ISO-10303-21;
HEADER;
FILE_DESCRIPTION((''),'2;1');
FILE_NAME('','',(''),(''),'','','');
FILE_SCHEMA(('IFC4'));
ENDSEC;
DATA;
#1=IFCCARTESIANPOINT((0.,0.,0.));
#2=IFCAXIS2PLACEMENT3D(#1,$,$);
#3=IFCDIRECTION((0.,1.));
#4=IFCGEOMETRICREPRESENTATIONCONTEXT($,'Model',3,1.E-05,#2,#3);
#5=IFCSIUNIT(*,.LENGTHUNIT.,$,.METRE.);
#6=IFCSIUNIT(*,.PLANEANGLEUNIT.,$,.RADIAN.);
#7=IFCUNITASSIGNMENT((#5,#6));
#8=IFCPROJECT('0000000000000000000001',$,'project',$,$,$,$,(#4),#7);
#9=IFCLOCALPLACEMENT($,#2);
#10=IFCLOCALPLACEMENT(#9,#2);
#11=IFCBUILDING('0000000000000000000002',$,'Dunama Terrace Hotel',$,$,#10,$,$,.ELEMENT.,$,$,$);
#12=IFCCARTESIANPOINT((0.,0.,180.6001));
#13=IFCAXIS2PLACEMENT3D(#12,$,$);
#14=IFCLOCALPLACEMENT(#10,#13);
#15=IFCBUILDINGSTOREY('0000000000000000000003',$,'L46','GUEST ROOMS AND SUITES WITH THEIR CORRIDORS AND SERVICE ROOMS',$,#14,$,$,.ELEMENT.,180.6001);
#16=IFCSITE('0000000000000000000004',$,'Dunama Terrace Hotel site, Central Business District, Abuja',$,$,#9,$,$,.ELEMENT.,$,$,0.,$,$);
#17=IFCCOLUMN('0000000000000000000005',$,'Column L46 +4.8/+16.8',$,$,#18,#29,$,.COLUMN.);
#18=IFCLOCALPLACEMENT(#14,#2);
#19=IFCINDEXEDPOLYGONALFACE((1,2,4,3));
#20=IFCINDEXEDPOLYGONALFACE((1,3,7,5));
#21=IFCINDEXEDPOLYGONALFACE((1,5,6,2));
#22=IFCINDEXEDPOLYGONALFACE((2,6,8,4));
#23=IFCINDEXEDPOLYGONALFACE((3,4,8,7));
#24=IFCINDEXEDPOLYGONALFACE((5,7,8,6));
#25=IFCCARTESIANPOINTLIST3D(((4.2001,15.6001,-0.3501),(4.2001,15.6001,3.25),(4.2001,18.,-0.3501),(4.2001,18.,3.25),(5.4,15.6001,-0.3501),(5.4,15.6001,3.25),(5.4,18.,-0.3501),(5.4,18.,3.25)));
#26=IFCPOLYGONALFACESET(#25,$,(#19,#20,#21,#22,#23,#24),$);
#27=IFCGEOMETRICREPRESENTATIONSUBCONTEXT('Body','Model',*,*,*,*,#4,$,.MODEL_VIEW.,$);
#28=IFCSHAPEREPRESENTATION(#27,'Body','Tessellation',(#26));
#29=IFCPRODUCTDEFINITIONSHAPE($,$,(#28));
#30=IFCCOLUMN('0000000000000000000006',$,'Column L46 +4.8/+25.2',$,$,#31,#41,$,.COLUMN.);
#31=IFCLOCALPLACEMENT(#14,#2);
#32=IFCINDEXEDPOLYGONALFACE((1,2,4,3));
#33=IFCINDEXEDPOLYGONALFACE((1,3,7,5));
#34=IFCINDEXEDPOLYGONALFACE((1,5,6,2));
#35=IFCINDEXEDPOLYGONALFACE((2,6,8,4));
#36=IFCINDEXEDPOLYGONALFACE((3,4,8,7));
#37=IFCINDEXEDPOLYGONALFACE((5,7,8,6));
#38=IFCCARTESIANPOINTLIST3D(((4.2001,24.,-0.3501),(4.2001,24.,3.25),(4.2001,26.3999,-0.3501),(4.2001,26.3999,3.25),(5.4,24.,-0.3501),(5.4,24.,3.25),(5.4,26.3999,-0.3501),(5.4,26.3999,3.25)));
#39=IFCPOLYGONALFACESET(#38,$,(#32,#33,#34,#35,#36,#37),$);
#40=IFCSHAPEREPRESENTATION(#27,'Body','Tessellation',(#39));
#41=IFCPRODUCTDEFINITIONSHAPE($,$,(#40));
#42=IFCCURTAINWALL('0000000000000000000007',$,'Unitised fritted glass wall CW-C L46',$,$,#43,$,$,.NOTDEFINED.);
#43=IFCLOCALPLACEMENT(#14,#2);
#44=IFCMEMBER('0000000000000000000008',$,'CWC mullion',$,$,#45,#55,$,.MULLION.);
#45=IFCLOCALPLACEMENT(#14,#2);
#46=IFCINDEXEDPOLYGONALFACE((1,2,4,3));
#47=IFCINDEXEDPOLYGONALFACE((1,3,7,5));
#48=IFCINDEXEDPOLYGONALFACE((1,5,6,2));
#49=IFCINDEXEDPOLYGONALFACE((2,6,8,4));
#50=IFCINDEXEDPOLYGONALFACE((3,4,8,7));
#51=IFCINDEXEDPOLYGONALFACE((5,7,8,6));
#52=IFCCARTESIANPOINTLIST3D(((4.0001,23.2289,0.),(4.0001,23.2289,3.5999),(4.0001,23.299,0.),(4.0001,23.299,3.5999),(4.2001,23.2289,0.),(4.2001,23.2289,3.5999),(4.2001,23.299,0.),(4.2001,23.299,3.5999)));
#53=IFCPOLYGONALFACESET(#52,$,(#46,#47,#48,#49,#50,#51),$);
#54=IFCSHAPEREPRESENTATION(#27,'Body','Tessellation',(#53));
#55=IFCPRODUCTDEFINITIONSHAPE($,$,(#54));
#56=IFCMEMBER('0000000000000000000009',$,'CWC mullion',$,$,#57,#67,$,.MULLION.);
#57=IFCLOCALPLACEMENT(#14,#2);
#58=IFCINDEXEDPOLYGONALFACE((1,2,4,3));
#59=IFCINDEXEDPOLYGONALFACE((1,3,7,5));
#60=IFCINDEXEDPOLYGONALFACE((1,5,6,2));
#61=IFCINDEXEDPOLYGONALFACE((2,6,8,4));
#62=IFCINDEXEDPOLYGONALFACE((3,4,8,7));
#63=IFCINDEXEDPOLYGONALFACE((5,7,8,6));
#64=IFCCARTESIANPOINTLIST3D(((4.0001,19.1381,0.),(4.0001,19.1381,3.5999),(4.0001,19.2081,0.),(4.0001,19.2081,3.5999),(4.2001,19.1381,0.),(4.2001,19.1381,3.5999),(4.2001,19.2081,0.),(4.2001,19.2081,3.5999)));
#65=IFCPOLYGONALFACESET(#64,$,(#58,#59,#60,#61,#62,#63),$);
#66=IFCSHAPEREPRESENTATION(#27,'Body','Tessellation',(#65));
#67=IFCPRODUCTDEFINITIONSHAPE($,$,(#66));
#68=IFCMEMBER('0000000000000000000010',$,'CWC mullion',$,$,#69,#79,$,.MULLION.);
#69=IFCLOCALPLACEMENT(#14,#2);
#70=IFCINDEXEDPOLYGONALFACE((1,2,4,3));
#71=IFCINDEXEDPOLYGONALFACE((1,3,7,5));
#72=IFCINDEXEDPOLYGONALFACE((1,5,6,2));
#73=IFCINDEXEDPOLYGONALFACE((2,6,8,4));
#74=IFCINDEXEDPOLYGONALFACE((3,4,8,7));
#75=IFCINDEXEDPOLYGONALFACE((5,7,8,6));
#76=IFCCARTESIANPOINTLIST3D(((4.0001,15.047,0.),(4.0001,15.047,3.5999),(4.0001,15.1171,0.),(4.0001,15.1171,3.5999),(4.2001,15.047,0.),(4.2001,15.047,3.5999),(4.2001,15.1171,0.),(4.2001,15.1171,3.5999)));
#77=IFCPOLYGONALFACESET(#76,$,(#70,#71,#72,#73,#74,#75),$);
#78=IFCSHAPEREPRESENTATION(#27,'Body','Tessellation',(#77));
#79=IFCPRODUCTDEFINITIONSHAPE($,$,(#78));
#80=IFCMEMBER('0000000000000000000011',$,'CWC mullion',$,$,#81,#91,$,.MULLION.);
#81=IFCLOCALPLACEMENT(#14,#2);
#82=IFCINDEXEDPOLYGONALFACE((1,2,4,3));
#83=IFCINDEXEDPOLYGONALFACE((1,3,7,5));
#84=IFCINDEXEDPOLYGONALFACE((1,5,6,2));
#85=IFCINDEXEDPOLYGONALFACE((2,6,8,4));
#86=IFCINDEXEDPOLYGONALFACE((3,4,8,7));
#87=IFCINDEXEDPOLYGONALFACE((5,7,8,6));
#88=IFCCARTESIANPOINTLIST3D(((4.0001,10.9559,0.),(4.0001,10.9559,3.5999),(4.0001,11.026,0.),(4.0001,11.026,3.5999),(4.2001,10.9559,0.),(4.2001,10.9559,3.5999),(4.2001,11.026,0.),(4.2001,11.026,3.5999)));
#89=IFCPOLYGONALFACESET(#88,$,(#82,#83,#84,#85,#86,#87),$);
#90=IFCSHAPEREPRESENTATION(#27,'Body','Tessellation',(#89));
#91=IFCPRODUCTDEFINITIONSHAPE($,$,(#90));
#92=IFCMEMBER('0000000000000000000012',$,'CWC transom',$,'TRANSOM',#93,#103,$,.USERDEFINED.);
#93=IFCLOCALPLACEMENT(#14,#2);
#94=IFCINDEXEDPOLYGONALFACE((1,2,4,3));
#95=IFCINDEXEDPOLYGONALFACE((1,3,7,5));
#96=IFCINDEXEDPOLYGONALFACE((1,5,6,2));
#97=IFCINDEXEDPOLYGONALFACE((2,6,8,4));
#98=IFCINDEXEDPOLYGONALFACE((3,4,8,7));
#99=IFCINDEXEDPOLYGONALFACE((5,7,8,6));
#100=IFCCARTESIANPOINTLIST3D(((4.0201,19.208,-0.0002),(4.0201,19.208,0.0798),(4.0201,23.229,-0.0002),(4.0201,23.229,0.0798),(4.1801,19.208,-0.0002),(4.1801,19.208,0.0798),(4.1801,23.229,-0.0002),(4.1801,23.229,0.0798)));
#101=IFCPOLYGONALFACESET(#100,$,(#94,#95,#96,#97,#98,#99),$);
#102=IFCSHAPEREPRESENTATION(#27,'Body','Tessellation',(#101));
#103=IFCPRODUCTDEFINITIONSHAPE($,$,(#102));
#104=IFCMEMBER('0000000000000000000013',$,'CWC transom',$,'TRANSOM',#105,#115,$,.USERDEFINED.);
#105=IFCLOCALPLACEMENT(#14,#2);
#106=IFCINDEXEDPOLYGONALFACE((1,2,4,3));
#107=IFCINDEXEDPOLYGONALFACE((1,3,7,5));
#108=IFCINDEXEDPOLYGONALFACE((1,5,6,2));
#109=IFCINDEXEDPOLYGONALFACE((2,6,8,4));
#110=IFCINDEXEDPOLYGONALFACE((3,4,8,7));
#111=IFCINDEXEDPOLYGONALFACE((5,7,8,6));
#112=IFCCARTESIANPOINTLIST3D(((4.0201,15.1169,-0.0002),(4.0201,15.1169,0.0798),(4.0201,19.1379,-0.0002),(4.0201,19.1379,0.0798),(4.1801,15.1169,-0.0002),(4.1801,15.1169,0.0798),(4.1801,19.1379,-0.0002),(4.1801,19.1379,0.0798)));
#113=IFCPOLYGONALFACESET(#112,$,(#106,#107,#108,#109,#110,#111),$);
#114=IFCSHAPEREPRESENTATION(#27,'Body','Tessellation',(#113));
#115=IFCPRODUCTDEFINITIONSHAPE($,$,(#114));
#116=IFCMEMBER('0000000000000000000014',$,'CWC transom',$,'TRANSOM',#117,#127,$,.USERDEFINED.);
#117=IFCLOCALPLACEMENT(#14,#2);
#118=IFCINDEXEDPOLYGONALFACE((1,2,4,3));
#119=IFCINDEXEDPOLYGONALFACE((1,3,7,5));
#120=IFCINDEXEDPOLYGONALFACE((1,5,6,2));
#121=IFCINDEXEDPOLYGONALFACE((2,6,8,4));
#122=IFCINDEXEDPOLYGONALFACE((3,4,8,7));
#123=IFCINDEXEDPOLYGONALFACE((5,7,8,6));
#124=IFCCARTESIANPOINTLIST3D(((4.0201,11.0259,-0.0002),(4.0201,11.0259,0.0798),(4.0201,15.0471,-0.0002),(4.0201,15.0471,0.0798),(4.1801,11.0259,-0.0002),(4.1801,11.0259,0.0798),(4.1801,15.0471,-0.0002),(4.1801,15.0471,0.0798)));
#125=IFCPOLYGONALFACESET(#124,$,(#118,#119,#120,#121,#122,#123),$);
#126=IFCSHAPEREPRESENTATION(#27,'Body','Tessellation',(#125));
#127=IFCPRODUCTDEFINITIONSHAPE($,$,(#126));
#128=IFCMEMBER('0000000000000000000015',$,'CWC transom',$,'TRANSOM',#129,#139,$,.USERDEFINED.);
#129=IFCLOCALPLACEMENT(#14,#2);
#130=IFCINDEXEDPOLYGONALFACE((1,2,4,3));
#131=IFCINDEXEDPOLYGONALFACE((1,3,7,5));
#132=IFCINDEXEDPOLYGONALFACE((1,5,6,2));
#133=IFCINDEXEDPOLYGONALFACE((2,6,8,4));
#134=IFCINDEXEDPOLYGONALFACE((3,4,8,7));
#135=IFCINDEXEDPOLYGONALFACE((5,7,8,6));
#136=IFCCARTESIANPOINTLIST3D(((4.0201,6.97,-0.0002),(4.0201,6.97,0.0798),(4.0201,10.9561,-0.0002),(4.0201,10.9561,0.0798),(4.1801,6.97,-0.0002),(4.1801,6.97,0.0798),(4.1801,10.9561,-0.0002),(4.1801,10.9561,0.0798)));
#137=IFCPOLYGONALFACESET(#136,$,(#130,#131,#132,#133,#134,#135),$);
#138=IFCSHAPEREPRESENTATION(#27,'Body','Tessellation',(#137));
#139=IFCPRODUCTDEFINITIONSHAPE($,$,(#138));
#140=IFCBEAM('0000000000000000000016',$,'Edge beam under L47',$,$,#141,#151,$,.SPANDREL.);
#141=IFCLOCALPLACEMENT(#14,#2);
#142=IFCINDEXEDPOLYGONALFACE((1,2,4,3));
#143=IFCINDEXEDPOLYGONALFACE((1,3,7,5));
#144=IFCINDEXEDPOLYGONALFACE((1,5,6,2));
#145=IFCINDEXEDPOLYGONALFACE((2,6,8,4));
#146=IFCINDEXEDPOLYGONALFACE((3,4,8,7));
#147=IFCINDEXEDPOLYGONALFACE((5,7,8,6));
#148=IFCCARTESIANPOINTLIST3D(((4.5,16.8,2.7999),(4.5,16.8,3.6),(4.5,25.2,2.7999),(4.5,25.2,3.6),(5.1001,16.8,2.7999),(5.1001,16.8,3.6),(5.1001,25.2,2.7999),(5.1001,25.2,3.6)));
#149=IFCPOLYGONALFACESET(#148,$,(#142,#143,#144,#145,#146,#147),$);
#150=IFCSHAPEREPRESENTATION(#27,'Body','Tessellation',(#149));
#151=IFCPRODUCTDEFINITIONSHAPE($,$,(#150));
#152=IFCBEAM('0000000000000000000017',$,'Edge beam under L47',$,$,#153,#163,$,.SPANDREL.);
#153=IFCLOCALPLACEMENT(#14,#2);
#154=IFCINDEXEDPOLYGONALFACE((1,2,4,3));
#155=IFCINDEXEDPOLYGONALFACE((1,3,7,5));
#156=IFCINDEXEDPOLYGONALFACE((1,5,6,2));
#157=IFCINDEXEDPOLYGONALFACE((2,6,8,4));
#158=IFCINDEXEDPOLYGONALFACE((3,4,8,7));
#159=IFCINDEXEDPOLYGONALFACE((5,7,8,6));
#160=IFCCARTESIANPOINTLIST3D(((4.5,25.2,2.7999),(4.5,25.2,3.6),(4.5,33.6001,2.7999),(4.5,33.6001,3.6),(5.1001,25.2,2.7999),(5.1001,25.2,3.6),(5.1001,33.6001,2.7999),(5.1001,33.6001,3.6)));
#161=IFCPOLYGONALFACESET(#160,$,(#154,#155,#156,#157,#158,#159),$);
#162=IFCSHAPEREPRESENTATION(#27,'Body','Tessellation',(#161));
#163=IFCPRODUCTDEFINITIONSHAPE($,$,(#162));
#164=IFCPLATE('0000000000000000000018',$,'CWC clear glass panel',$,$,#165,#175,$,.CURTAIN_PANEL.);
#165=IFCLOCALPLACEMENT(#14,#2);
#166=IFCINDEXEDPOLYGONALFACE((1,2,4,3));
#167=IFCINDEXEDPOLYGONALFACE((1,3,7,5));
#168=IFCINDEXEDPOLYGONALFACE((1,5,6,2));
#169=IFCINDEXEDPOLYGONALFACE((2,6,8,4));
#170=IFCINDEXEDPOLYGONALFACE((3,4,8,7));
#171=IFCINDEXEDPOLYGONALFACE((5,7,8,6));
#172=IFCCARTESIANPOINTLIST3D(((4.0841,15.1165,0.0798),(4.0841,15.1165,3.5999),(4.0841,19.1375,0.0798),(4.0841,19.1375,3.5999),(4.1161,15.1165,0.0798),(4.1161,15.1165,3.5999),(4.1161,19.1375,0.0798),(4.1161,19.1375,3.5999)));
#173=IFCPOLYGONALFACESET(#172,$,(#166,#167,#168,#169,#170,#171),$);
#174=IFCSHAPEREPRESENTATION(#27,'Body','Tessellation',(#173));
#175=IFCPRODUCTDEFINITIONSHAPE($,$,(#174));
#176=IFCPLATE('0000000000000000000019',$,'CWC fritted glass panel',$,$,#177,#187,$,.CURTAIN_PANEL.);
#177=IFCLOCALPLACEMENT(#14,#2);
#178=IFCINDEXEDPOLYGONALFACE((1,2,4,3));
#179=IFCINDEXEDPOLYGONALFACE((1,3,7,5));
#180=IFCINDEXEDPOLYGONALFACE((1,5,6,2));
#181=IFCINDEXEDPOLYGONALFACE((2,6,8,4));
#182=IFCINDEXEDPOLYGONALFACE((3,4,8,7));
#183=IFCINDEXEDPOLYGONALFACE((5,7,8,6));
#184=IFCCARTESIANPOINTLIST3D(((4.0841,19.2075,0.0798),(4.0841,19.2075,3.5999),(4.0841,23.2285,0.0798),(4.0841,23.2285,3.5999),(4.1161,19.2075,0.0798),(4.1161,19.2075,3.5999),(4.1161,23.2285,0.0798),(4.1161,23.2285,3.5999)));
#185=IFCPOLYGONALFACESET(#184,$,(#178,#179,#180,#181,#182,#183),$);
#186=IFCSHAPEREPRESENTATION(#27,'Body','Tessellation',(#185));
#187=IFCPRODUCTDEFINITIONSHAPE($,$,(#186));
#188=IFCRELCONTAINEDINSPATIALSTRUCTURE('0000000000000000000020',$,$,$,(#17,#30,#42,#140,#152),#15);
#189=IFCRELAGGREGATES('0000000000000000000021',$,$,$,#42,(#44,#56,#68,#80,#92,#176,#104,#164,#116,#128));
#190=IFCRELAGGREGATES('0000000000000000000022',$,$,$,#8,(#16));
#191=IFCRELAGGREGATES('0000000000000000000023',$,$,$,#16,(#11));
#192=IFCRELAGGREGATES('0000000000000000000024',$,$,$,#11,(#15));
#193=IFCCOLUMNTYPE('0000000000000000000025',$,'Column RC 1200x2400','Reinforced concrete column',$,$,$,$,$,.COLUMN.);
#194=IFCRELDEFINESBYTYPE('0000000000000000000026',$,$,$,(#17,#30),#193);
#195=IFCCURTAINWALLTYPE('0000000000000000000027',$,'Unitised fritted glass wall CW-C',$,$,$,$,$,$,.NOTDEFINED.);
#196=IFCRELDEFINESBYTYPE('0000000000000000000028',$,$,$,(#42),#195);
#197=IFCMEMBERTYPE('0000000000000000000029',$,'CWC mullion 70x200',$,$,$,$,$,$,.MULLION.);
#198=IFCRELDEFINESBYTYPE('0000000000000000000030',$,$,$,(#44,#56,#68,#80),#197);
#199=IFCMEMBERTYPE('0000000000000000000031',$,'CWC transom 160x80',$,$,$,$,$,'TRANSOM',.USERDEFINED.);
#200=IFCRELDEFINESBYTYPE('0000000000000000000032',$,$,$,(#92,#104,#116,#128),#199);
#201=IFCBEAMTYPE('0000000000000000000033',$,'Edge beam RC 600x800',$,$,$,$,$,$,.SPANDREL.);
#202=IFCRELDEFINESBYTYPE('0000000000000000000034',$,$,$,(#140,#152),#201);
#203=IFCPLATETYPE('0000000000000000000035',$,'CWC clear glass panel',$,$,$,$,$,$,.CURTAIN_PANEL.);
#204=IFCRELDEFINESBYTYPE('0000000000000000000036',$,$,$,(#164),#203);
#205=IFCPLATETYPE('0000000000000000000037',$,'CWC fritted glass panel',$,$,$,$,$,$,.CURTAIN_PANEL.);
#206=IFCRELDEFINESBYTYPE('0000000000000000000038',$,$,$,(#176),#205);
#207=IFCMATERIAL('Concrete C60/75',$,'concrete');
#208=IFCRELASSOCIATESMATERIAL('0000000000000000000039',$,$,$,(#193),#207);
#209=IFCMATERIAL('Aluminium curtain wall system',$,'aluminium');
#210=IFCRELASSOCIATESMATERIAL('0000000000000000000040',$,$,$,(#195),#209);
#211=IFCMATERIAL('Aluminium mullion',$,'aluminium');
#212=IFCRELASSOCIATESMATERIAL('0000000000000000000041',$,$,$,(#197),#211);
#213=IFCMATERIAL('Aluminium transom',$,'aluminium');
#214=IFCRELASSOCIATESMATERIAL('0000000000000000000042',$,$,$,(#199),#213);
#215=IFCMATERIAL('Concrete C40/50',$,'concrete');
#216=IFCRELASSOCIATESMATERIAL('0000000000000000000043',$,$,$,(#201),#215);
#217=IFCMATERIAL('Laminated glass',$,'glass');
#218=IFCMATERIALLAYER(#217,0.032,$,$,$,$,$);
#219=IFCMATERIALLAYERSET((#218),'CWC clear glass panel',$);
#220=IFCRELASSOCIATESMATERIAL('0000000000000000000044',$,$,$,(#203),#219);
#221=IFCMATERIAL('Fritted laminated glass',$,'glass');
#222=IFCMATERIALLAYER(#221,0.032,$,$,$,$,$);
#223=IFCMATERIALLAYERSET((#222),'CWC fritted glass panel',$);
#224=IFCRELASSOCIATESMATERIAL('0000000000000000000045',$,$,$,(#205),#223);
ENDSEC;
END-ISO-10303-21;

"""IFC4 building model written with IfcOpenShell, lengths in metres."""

from ifc_helpers import new_model, si_unit, direction, frame, origin, origin_2d, place, context, subcontext, project, spatial, rectangle, extrude, material, layer, layer_set, material_profile, profile_set, type_object, element, aggregate, save


model = new_model("IFC4")

# Units and contexts
model_context = context("Model", 3, precision=1e-05, world=origin(), true_north=direction((0.0, 1.0)))
body_context = subcontext(model_context, "Body", "Model", "MODEL_VIEW")
ifc_project = project(units=[si_unit("LENGTHUNIT", "METRE"), si_unit("PLANEANGLEUNIT", "RADIAN")], contexts=[model_context])

# Site, building, storey
site_placement = place(None, origin())
site = spatial("IfcSite", under=ifc_project, at=site_placement, Name="Dunama Terrace Hotel site, Central Business District, Abuja", CompositionType="ELEMENT", RefElevation=0.0)
building_placement = place(site_placement, origin())
building = spatial("IfcBuilding", under=site, at=building_placement, Name="Dunama Terrace Hotel", CompositionType="ELEMENT")
storey_placement = place(building_placement, frame((0.0, 0.0, 180.6001)))
storey = spatial("IfcBuildingStorey", under=building, at=storey_placement, Name="L46", Description="GUEST ROOMS AND SUITES WITH THEIR CORRIDORS AND SERVICE ROOMS", CompositionType="ELEMENT", Elevation=180.6001)

# Columns
ifc_material_1 = material(Name="Concrete C60/75", Category="concrete")
ifc_material_profile_1 = material_profile(ifc_material_1, rectangle(XDim=1.2, YDim=2.3999, at=origin_2d()), Name="RC 1200x2400")
ifc_profile_set_1 = profile_set([ifc_material_profile_1], Name="Concrete C60/75")
column_type = type_object("IfcColumnType", Name="Column RC 1200x2400", Description="Reinforced concrete column", PredefinedType="COLUMN", material=ifc_profile_set_1)
for number, where, z_axis, x_axis, name in (
    (1, (4.8, 16.8, -0.3501), (0.0, 0.0, 1.0), (1.0, 0.0, 0.0), "Column L46 +4.8/+16.8"),
    (2, (4.8, 25.2, -0.3501), (0.0, 0.0, 1.0), (1.0, 0.0, 0.0), "Column L46 +4.8/+25.2"),
):
    element("IfcColumn", number, at=place(storey_placement, frame(where, z_axis=z_axis, x_axis=x_axis)), inside=storey, type_object=column_type, Name=name, PredefinedType="COLUMN", context=body_context, shape_type="SweptSolid", body=[
        extrude(rectangle(XDim=1.2, YDim=2.3999, at=origin_2d()), origin(), (0.0, 0.0, 1.0), 3.6001),
    ])

# Curtain wall, members
ifc_material_2 = material(Name="Aluminium curtain wall system", Category="aluminium")
curtain_wall_type = type_object("IfcCurtainWallType", Name="Unitised fritted glass wall CW-C", PredefinedType="NOTDEFINED", material=ifc_material_2)
curtain_wall_placement = place(storey_placement, origin())
curtain_wall = element("IfcCurtainWall", 3, at=curtain_wall_placement, inside=storey, type_object=curtain_wall_type, Name="Unitised fritted glass wall CW-C L46", PredefinedType="NOTDEFINED")
ifc_material_3 = material(Name="Aluminium mullion", Category="aluminium")
ifc_material_profile_2 = material_profile(ifc_material_3, rectangle(XDim=0.0701, YDim=0.2, at=origin_2d()), Name="CWC MULLION 70X200")
ifc_profile_set_2 = profile_set([ifc_material_profile_2], Name="Aluminium mullion")
member_type_1 = type_object("IfcMemberType", Name="CWC mullion 70x200", PredefinedType="MULLION", material=ifc_profile_set_2)
member_1_placement = place(storey_placement, frame((4.1001, 23.2639, 0.0), z_axis=(0.0, 0.0, 1.0), x_axis=(0.0, -1.0, 0.0)))
member_1 = element("IfcMember", 4, at=member_1_placement, type_object=member_type_1, Name="CWC mullion", PredefinedType="MULLION", context=body_context, shape_type="SweptSolid", body=[
    extrude(rectangle(XDim=0.0701, YDim=0.2, at=origin_2d()), origin(), (0.0, 0.0, 1.0), 3.5999),
])
member_2_placement = place(storey_placement, frame((4.1001, 19.1731, 0.0), z_axis=(0.0, 0.0, 1.0), x_axis=(0.0, -1.0, 0.0)))
member_2 = element("IfcMember", 5, at=member_2_placement, type_object=member_type_1, Name="CWC mullion", PredefinedType="MULLION", context=body_context, shape_type="SweptSolid", body=[
    extrude(rectangle(XDim=0.0701, YDim=0.2, at=origin_2d()), origin(), (0.0, 0.0, 1.0), 3.5999),
])
member_3_placement = place(storey_placement, frame((4.1001, 15.082, 0.0), z_axis=(0.0, 0.0, 1.0), x_axis=(0.0, -1.0, 0.0)))
member_3 = element("IfcMember", 6, at=member_3_placement, type_object=member_type_1, Name="CWC mullion", PredefinedType="MULLION", context=body_context, shape_type="SweptSolid", body=[
    extrude(rectangle(XDim=0.0701, YDim=0.2, at=origin_2d()), origin(), (0.0, 0.0, 1.0), 3.5999),
])
member_4_placement = place(storey_placement, frame((4.1001, 10.991, 0.0), z_axis=(0.0, 0.0, 1.0), x_axis=(0.0, -1.0, 0.0)))
member_4 = element("IfcMember", 7, at=member_4_placement, type_object=member_type_1, Name="CWC mullion", PredefinedType="MULLION", context=body_context, shape_type="SweptSolid", body=[
    extrude(rectangle(XDim=0.0701, YDim=0.2, at=origin_2d()), origin(), (0.0, 0.0, 1.0), 3.5999),
])
ifc_material_4 = material(Name="Aluminium transom", Category="aluminium")
ifc_material_profile_3 = material_profile(ifc_material_4, rectangle(XDim=0.1599, YDim=0.0801, at=origin_2d()), Name="CWC TRANSOM 160X80")
ifc_profile_set_3 = profile_set([ifc_material_profile_3], Name="Aluminium transom")
member_type_2 = type_object("IfcMemberType", Name="CWC transom 160x80", ElementType="TRANSOM", PredefinedType="USERDEFINED", material=ifc_profile_set_3)
member_5_placement = place(storey_placement, frame((4.1001, 23.229, 0.0398), z_axis=(0.0, -1.0, 0.0), x_axis=(1.0, 0.0, 0.0)))
member_5 = element("IfcMember", 8, at=member_5_placement, type_object=member_type_2, Name="CWC transom", ObjectType="TRANSOM", PredefinedType="USERDEFINED", context=body_context, shape_type="SweptSolid", body=[
    extrude(rectangle(XDim=0.1599, YDim=0.0801, at=origin_2d()), origin(), (0.0, 0.0, 1.0), 4.021),
])
member_6_placement = place(storey_placement, frame((4.1001, 19.1379, 0.0398), z_axis=(0.0, -1.0, 0.0), x_axis=(1.0, 0.0, 0.0)))
member_6 = element("IfcMember", 9, at=member_6_placement, type_object=member_type_2, Name="CWC transom", ObjectType="TRANSOM", PredefinedType="USERDEFINED", context=body_context, shape_type="SweptSolid", body=[
    extrude(rectangle(XDim=0.1599, YDim=0.0801, at=origin_2d()), origin(), (0.0, 0.0, 1.0), 4.021),
])
member_7_placement = place(storey_placement, frame((4.1001, 15.0471, 0.0398), z_axis=(0.0, -1.0, 0.0), x_axis=(1.0, 0.0, 0.0)))
member_7 = element("IfcMember", 10, at=member_7_placement, type_object=member_type_2, Name="CWC transom", ObjectType="TRANSOM", PredefinedType="USERDEFINED", context=body_context, shape_type="SweptSolid", body=[
    extrude(rectangle(XDim=0.1599, YDim=0.0801, at=origin_2d()), origin(), (0.0, 0.0, 1.0), 4.0212),
])
member_8_placement = place(storey_placement, frame((4.1001, 10.9561, 0.0398), z_axis=(0.0, -1.0, 0.0), x_axis=(1.0, 0.0, 0.0)))
member_8 = element("IfcMember", 11, at=member_8_placement, type_object=member_type_2, Name="CWC transom", ObjectType="TRANSOM", PredefinedType="USERDEFINED", context=body_context, shape_type="SweptSolid", body=[
    extrude(rectangle(XDim=0.1599, YDim=0.0801, at=origin_2d()), origin(), (0.0, 0.0, 1.0), 3.9861),
])

# Beams
ifc_material_5 = material(Name="Concrete C40/50", Category="concrete")
ifc_material_profile_4 = material_profile(ifc_material_5, rectangle(XDim=0.6001, YDim=0.8, at=origin_2d()), Name="RC 600x800")
ifc_profile_set_4 = profile_set([ifc_material_profile_4], Name="Concrete C40/50")
beam_type = type_object("IfcBeamType", Name="Edge beam RC 600x800", PredefinedType="SPANDREL", material=ifc_profile_set_4)
beam_1_placement = place(storey_placement, frame((4.8, 16.8, 3.2), z_axis=(0.0, 1.0, 0.0), x_axis=(-1.0, 0.0, 0.0)))
element("IfcBeam", 12, at=beam_1_placement, inside=storey, type_object=beam_type, Name="Edge beam under L47", PredefinedType="SPANDREL", context=body_context, shape_type="SweptSolid", body=[
    extrude(rectangle(XDim=0.6001, YDim=0.8, at=origin_2d()), origin(), (0.0, 0.0, 1.0), 8.3999),
])
beam_2_placement = place(storey_placement, frame((4.8, 25.2, 3.2), z_axis=(0.0, 1.0, 0.0), x_axis=(-1.0, 0.0, 0.0)))
element("IfcBeam", 13, at=beam_2_placement, inside=storey, type_object=beam_type, Name="Edge beam under L47", PredefinedType="SPANDREL", context=body_context, shape_type="SweptSolid", body=[
    extrude(rectangle(XDim=0.6001, YDim=0.8, at=origin_2d()), origin(), (0.0, 0.0, 1.0), 8.4001),
])

# Plates
ifc_material_6 = material(Name="Laminated glass", Category="glass")
ifc_layer_1 = layer(ifc_material_6, 0.032)
ifc_layer_set_1 = layer_set([ifc_layer_1], Name="CWC clear glass panel")
plate_type_1 = type_object("IfcPlateType", Name="CWC clear glass panel", PredefinedType="CURTAIN_PANEL", material=ifc_layer_set_1)
plate_1_placement = place(storey_placement, frame((4.1001, 17.127, 0.0798), z_axis=(0.0, 0.0, 1.0), x_axis=(0.0, -1.0, 0.0)))
plate_1 = element("IfcPlate", 14, at=plate_1_placement, type_object=plate_type_1, Name="CWC clear glass panel", PredefinedType="CURTAIN_PANEL", context=body_context, shape_type="SweptSolid", body=[
    extrude(rectangle(XDim=4.021, YDim=0.032, at=origin_2d()), origin(), (0.0, 0.0, 1.0), 3.52),
])
ifc_material_7 = material(Name="Fritted laminated glass", Category="glass")
ifc_layer_2 = layer(ifc_material_7, 0.032)
ifc_layer_set_2 = layer_set([ifc_layer_2], Name="CWC fritted glass panel")
plate_type_2 = type_object("IfcPlateType", Name="CWC fritted glass panel", PredefinedType="CURTAIN_PANEL", material=ifc_layer_set_2)
plate_2_placement = place(storey_placement, frame((4.1001, 21.218, 0.0798), z_axis=(0.0, 0.0, 1.0), x_axis=(0.0, -1.0, 0.0)))
plate_2 = element("IfcPlate", 15, at=plate_2_placement, type_object=plate_type_2, Name="CWC fritted glass panel", PredefinedType="CURTAIN_PANEL", context=body_context, shape_type="SweptSolid", body=[
    extrude(rectangle(XDim=4.021, YDim=0.032, at=origin_2d()), origin(), (0.0, 0.0, 1.0), 3.52),
])
aggregate(curtain_wall, [member_1, member_2, member_3, member_4, member_5, plate_2, member_6, plate_1, member_7, member_8])

save(model, "model.ifc")
